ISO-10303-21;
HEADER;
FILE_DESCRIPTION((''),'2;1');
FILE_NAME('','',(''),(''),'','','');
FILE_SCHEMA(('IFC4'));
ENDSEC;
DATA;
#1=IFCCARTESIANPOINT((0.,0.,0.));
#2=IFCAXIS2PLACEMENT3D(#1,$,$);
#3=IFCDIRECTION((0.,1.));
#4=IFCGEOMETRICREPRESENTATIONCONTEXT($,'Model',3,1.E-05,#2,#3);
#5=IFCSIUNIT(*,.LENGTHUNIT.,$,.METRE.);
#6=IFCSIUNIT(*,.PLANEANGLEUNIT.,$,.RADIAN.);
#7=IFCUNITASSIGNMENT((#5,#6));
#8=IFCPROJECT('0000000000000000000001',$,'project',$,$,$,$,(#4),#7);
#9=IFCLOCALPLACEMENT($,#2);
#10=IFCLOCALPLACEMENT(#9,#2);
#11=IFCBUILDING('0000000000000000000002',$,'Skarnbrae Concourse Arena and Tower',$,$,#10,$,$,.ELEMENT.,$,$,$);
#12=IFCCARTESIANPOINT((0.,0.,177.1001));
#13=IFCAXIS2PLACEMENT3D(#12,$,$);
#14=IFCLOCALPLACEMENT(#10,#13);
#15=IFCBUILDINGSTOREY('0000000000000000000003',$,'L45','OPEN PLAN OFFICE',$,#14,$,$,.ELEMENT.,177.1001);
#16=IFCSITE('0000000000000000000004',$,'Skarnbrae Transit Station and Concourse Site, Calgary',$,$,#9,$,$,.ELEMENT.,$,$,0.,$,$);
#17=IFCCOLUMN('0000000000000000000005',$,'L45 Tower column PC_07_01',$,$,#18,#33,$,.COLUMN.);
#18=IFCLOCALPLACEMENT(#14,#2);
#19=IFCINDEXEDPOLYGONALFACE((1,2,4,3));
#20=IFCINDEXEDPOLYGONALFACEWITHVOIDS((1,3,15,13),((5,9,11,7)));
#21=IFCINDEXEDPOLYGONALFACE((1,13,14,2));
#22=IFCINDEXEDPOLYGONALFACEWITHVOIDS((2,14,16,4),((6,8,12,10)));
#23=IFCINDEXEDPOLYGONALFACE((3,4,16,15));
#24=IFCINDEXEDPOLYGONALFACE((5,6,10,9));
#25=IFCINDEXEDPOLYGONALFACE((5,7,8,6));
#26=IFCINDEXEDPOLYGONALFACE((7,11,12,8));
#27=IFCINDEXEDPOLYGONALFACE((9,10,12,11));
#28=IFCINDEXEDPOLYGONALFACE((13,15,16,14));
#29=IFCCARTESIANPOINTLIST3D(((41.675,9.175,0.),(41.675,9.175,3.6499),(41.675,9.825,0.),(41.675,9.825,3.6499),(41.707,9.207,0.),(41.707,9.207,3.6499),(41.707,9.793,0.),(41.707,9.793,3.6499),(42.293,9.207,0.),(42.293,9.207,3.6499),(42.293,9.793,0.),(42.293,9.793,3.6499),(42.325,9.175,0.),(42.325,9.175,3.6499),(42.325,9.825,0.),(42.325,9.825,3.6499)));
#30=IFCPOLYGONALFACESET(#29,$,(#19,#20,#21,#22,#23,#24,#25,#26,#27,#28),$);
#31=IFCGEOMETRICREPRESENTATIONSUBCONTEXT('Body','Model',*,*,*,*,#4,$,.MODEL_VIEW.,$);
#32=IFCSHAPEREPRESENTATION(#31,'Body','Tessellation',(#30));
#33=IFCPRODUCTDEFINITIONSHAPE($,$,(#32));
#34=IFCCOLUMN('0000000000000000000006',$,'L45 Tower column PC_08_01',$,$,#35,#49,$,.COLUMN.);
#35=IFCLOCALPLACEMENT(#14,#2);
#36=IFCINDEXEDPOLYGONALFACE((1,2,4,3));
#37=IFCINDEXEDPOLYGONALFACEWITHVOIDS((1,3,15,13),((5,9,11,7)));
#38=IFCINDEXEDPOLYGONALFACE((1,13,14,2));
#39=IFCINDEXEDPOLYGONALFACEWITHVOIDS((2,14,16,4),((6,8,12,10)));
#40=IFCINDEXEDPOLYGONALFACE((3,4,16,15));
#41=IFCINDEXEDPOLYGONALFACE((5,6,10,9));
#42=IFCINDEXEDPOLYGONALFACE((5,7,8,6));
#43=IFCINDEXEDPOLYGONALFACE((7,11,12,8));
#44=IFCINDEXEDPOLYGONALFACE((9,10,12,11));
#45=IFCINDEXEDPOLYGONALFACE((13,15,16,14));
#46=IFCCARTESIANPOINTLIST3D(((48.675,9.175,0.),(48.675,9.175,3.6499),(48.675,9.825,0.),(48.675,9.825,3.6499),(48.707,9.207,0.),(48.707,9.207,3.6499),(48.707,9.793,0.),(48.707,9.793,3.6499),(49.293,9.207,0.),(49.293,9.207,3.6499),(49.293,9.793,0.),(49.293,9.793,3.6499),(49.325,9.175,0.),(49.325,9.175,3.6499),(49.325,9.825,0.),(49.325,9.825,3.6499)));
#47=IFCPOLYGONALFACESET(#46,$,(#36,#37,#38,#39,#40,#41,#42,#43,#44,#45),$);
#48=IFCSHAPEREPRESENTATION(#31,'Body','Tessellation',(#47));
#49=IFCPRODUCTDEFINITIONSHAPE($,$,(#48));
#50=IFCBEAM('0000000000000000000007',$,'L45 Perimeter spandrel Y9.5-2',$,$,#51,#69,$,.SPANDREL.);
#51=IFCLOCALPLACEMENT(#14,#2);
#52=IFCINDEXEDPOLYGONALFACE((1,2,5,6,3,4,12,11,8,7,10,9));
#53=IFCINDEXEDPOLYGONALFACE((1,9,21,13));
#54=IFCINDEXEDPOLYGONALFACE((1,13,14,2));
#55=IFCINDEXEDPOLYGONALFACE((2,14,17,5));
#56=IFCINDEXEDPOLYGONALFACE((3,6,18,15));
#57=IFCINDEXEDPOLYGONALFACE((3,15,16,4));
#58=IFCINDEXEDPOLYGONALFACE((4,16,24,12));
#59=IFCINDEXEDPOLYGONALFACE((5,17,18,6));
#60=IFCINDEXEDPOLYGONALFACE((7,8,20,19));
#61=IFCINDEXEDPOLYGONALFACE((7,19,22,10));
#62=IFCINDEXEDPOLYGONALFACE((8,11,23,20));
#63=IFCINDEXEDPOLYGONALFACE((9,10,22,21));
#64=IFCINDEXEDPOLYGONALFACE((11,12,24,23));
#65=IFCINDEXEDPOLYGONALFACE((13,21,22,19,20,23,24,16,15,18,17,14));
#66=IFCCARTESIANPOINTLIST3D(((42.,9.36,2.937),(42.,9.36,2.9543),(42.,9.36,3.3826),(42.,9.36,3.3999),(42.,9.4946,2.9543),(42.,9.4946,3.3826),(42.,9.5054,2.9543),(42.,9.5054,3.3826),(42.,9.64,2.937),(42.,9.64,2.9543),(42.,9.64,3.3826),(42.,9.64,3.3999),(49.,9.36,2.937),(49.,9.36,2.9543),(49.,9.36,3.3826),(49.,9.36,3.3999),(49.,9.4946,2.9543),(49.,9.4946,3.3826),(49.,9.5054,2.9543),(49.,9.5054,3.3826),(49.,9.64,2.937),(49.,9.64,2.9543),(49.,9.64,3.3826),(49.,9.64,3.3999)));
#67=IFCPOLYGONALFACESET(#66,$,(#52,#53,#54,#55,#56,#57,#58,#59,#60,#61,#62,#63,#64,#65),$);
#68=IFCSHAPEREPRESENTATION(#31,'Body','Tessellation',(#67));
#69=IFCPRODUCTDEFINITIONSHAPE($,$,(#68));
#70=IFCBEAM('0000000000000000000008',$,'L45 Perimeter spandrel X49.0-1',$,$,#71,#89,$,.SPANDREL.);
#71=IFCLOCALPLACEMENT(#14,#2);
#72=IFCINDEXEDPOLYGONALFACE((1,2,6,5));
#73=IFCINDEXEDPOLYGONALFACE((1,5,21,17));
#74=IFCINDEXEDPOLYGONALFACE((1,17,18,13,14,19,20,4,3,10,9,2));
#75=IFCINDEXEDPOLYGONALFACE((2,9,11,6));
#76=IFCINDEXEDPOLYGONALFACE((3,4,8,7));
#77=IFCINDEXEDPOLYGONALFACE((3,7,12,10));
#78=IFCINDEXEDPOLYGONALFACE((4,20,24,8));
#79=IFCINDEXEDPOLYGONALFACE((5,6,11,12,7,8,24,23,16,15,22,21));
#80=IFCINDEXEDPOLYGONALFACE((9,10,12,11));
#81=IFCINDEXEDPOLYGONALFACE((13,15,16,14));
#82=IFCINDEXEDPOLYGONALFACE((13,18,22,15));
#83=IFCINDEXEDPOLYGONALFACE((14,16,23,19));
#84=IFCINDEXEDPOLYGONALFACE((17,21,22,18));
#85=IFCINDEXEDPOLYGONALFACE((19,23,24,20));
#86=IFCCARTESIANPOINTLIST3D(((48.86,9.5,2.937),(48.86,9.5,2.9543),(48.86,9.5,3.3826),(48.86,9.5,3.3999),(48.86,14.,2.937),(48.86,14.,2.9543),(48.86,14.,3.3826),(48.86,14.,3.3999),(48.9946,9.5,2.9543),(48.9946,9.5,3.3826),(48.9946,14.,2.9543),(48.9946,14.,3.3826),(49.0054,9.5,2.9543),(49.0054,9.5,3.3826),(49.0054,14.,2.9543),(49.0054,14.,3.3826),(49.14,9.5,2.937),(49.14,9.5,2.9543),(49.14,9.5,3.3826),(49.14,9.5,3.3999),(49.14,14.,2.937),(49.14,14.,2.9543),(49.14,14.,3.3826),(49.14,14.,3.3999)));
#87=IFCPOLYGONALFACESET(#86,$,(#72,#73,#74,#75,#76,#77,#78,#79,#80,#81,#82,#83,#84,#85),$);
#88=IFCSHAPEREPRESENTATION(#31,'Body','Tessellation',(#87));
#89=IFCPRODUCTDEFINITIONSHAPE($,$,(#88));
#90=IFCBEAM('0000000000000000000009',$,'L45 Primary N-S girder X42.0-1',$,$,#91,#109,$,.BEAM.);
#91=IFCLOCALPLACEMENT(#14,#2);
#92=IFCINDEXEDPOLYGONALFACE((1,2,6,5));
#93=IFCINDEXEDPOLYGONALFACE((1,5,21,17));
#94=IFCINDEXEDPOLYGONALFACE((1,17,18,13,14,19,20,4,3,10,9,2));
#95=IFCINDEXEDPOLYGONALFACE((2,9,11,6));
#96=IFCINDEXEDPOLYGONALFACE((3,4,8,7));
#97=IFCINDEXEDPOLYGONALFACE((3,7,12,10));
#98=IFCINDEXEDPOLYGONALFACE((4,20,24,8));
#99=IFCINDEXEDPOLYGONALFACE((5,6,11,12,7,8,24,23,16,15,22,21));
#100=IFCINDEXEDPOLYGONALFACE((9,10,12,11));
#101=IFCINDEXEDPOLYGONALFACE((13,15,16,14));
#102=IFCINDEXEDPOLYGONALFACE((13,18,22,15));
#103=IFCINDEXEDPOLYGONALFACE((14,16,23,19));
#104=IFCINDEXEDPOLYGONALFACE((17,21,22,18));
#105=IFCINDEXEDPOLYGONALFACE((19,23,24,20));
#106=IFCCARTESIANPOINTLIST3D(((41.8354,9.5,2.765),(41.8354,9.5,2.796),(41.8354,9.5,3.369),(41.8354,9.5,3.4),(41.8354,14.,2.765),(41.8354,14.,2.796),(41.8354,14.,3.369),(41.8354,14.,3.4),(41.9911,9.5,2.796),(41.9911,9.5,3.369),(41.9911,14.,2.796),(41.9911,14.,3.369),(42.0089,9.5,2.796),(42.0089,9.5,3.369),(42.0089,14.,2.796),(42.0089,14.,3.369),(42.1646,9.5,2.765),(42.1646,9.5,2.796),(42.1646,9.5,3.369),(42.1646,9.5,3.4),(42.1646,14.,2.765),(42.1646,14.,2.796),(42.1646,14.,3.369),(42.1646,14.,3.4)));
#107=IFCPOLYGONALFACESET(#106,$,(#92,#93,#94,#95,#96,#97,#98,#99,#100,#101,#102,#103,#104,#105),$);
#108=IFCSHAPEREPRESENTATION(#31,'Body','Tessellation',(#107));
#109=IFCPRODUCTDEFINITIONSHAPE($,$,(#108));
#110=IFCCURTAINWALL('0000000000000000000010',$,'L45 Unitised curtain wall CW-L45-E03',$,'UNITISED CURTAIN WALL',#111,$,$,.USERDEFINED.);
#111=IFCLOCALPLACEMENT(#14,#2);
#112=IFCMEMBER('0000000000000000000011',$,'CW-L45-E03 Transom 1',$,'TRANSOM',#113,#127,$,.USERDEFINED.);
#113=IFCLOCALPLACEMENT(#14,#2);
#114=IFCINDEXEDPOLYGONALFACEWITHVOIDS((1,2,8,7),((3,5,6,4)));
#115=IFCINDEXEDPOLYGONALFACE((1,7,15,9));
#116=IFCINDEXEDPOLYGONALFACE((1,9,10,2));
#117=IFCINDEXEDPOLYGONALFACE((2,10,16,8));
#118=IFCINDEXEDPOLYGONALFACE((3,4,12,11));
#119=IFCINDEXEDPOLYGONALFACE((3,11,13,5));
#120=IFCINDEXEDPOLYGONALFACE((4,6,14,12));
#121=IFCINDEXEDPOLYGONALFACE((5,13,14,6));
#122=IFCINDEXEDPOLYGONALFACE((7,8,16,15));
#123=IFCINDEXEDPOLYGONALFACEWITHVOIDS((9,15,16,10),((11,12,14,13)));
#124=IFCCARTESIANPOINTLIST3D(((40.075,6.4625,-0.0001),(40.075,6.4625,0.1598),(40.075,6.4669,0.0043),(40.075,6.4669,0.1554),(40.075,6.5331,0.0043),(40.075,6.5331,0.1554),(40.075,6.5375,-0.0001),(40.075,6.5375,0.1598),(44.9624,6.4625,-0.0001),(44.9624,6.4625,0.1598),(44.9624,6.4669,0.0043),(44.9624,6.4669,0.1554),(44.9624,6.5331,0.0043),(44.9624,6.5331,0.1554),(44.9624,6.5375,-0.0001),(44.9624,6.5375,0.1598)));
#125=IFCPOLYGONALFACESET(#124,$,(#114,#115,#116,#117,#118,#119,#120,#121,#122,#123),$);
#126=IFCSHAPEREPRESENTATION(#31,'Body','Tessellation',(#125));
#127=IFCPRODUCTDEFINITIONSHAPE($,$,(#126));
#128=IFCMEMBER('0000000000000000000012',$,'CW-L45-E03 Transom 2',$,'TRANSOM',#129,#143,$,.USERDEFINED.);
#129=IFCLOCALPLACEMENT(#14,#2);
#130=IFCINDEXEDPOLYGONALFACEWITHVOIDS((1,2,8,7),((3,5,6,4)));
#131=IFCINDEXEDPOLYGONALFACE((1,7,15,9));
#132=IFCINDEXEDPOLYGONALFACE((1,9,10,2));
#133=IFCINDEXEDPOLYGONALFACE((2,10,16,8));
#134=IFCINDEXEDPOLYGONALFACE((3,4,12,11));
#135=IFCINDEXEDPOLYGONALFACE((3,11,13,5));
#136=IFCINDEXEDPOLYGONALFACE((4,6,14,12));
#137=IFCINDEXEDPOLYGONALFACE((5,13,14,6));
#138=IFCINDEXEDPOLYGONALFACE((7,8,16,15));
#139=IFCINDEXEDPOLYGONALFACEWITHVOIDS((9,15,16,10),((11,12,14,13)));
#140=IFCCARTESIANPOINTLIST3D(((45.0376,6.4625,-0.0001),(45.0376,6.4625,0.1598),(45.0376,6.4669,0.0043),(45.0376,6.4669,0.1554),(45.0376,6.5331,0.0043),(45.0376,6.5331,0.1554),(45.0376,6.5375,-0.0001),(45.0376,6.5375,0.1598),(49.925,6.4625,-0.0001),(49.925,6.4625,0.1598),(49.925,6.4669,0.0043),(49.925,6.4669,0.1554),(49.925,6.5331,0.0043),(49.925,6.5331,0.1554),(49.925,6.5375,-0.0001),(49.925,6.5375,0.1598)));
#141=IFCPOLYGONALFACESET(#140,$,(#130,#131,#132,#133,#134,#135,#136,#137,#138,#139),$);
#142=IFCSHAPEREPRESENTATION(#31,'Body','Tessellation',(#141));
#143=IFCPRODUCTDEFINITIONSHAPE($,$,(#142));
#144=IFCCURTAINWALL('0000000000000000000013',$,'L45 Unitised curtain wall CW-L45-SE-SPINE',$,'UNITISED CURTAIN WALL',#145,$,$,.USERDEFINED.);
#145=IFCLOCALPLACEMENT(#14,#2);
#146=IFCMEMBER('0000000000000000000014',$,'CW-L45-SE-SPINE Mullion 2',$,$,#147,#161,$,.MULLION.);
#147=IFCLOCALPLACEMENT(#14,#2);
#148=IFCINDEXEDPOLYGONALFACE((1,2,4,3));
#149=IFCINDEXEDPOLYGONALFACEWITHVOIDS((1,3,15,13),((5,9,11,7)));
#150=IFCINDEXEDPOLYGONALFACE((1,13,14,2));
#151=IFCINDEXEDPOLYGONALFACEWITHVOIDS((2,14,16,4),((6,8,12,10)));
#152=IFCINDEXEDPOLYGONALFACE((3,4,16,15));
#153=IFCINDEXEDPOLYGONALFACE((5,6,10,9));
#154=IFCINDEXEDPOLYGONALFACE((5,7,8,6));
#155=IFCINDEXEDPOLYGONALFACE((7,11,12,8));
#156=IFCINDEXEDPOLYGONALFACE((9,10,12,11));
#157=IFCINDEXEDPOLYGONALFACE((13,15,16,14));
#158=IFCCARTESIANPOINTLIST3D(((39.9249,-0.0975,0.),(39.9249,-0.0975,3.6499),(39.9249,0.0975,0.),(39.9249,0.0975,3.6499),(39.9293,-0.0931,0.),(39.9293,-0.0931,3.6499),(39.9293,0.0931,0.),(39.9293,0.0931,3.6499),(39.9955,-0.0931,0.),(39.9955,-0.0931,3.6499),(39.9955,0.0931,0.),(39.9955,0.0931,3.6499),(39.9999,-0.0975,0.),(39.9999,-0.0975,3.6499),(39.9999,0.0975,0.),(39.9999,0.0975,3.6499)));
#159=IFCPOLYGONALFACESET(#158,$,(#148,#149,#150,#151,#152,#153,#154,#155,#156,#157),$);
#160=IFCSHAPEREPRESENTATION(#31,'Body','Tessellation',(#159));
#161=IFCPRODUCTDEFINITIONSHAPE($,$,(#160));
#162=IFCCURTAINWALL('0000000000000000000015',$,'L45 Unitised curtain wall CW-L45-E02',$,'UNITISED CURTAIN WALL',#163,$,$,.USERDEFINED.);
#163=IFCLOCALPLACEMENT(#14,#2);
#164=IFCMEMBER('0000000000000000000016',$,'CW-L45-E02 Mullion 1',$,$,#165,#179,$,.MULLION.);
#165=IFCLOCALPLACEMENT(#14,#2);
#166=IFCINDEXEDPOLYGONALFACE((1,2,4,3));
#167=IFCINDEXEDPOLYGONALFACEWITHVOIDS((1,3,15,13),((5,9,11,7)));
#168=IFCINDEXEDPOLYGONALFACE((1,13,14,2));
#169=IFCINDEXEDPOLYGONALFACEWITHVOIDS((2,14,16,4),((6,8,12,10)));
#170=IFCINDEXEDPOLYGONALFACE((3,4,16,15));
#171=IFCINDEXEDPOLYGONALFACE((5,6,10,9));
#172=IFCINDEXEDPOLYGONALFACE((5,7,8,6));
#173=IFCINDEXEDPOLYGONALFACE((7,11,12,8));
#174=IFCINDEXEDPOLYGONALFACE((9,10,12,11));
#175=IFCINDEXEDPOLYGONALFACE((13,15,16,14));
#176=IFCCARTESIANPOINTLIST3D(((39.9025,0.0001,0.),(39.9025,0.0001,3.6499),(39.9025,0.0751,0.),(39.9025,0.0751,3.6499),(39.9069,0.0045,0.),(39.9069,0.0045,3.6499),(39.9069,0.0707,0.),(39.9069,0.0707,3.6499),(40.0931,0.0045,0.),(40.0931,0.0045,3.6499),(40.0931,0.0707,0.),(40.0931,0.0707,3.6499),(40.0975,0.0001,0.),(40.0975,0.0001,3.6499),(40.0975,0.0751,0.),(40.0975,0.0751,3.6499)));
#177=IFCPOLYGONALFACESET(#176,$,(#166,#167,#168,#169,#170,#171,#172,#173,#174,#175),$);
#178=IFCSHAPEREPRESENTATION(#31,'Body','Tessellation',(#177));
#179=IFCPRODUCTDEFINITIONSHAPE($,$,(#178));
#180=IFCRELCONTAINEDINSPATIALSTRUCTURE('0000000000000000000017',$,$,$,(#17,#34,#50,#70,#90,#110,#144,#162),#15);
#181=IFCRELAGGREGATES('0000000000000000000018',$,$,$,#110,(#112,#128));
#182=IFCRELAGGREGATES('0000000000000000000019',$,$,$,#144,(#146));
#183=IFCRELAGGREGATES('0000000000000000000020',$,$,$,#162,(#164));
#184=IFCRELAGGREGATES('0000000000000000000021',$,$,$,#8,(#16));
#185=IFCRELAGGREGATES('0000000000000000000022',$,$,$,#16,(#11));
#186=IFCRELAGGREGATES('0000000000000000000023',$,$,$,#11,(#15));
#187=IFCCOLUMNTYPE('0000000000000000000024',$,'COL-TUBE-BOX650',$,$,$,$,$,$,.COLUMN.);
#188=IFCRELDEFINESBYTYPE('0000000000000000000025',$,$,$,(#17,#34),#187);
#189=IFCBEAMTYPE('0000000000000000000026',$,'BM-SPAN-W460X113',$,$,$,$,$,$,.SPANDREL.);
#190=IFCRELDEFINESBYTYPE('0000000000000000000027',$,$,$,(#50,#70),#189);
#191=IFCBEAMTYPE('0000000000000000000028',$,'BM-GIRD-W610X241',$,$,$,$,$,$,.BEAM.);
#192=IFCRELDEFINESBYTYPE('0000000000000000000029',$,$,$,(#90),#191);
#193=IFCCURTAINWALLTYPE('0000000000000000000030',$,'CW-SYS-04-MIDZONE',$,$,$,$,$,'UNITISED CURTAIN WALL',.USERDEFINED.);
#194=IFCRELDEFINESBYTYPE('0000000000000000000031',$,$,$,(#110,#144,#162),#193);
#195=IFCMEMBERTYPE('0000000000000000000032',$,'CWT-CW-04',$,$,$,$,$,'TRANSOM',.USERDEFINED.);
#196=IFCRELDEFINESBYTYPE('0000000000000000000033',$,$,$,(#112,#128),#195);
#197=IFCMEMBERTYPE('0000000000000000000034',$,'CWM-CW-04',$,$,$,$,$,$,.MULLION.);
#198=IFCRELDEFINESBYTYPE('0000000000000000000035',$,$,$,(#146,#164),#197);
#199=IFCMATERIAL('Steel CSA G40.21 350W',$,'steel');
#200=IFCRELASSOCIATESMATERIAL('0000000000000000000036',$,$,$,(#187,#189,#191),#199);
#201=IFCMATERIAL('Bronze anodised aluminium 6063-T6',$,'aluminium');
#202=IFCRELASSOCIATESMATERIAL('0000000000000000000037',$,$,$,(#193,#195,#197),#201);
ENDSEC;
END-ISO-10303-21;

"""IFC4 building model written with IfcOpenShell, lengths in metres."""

from ifc_helpers import new_model, si_unit, direction, frame, origin, origin_2d, place, context, subcontext, project, spatial, hollow_rectangle, i_section, extrude, source, transform, mapped, material, material_profile, profile_set, type_object, element, aggregate, save


model = new_model("IFC4")

# Units and contexts
model_context = context("Model", 3, precision=1e-05, world=origin(), true_north=direction((0.0, 1.0)))
body_context = subcontext(model_context, "Body", "Model", "MODEL_VIEW")
ifc_project = project(units=[si_unit("LENGTHUNIT", "METRE"), si_unit("PLANEANGLEUNIT", "RADIAN")], contexts=[model_context])

# Site, building, storey
site_placement = place(None, origin())
site = spatial("IfcSite", under=ifc_project, at=site_placement, Name="Skarnbrae Transit Station and Concourse Site, Calgary", CompositionType="ELEMENT", RefElevation=0.0)
building_placement = place(site_placement, origin())
building = spatial("IfcBuilding", under=site, at=building_placement, Name="Skarnbrae Concourse Arena and Tower", CompositionType="ELEMENT")
storey_placement = place(building_placement, frame((0.0, 0.0, 177.1001)))
storey = spatial("IfcBuildingStorey", under=building, at=storey_placement, Name="L45", Description="OPEN PLAN OFFICE", CompositionType="ELEMENT", Elevation=177.1001)

# Columns
ifc_material_1 = material(Name="Steel CSA G40.21 350W", Category="steel")
ifc_material_profile_1 = material_profile(ifc_material_1, hollow_rectangle(XDim=0.6499, YDim=0.6499, WallThickness=0.032, at=origin_2d()), Name="BOX650X650X32")
ifc_profile_set_1 = profile_set([ifc_material_profile_1], Name="Steel CSA G40.21 350W")
column_type = type_object("IfcColumnType", Name="COL-TUBE-BOX650", PredefinedType="COLUMN", material=ifc_profile_set_1)
shared_shape_1 = source(origin(), body_context, "Body", "SweptSolid", [
    extrude(hollow_rectangle(XDim=0.6499, YDim=0.6499, WallThickness=0.032, at=origin_2d()), origin(), (0.0, 0.0, 1.0), 3.6499),
])
for number, where, z_axis, x_axis, name in (
    (1, (42.0, 9.5, 0.0), (0.0, 0.0, 1.0), (1.0, 0.0, 0.0), "L45 Tower column PC_07_01"),
    (2, (49.0, 9.5, 0.0), (0.0, 0.0, 1.0), (1.0, 0.0, 0.0), "L45 Tower column PC_08_01"),
):
    element("IfcColumn", number, at=place(storey_placement, frame(where, z_axis=z_axis, x_axis=x_axis)), inside=storey, type_object=column_type, Name=name, PredefinedType="COLUMN", context=body_context, shape_type="MappedRepresentation", body=[
        mapped(shared_shape_1, transform((0.0, 0.0, 0.0))),
    ])

# Beams
ifc_material_profile_2 = material_profile(ifc_material_1, i_section(OverallWidth=0.28, OverallDepth=0.4629, WebThickness=0.0107, FlangeThickness=0.0173, at=origin_2d()), Name="W460X113")
ifc_profile_set_2 = profile_set([ifc_material_profile_2], Name="Steel CSA G40.21 350W")
beam_type_1 = type_object("IfcBeamType", Name="BM-SPAN-W460X113", PredefinedType="SPANDREL", material=ifc_profile_set_2)
shared_shape_2 = source(origin(), body_context, "Body", "SweptSolid", [
    extrude(i_section(OverallWidth=0.28, OverallDepth=0.4629, WebThickness=0.0107, FlangeThickness=0.0173, at=origin_2d()), origin(), (0.0, 0.0, 1.0), 7.0),
])
beam_1_placement = place(storey_placement, frame((42.0, 9.5, 3.1685), z_axis=(1.0, 0.0, 0.0), x_axis=(0.0, 1.0, 0.0)))
element("IfcBeam", 3, at=beam_1_placement, inside=storey, type_object=beam_type_1, Name="L45 Perimeter spandrel Y9.5-2", PredefinedType="SPANDREL", context=body_context, shape_type="MappedRepresentation", body=[
    mapped(shared_shape_2, transform((0.0, 0.0, 0.0))),
])
shared_shape_3 = source(origin(), body_context, "Body", "SweptSolid", [
    extrude(i_section(OverallWidth=0.28, OverallDepth=0.4629, WebThickness=0.0107, FlangeThickness=0.0173, at=origin_2d()), origin(), (0.0, 0.0, 1.0), 4.5),
])
beam_2_placement = place(storey_placement, frame((49.0, 9.5, 3.1685), z_axis=(0.0, 1.0, 0.0), x_axis=(-1.0, 0.0, 0.0)))
element("IfcBeam", 4, at=beam_2_placement, inside=storey, type_object=beam_type_1, Name="L45 Perimeter spandrel X49.0-1", PredefinedType="SPANDREL", context=body_context, shape_type="MappedRepresentation", body=[
    mapped(shared_shape_3, transform((0.0, 0.0, 0.0))),
])
ifc_material_profile_3 = material_profile(ifc_material_1, i_section(OverallWidth=0.3291, OverallDepth=0.635, WebThickness=0.0178, FlangeThickness=0.031, at=origin_2d()), Name="W610X241")
ifc_profile_set_3 = profile_set([ifc_material_profile_3], Name="Steel CSA G40.21 350W")
beam_type_2 = type_object("IfcBeamType", Name="BM-GIRD-W610X241", PredefinedType="BEAM", material=ifc_profile_set_3)
shared_shape_4 = source(origin(), body_context, "Body", "SweptSolid", [
    extrude(i_section(OverallWidth=0.3291, OverallDepth=0.635, WebThickness=0.0178, FlangeThickness=0.031, at=origin_2d()), origin(), (0.0, 0.0, 1.0), 4.5),
])
beam_3_placement = place(storey_placement, frame((42.0, 9.5, 3.0825), z_axis=(0.0, 1.0, 0.0), x_axis=(-1.0, 0.0, 0.0)))
element("IfcBeam", 5, at=beam_3_placement, inside=storey, type_object=beam_type_2, Name="L45 Primary N-S girder X42.0-1", PredefinedType="BEAM", context=body_context, shape_type="MappedRepresentation", body=[
    mapped(shared_shape_4, transform((0.0, 0.0, 0.0))),
])

# Curtain wall, members
ifc_material_2 = material(Name="Bronze anodised aluminium 6063-T6", Category="aluminium")
curtain_wall_type = type_object("IfcCurtainWallType", Name="CW-SYS-04-MIDZONE", ElementType="UNITISED CURTAIN WALL", PredefinedType="USERDEFINED", material=ifc_material_2)
curtain_wall_1_placement = place(storey_placement, origin())
curtain_wall_1 = element("IfcCurtainWall", 6, at=curtain_wall_1_placement, inside=storey, type_object=curtain_wall_type, Name="L45 Unitised curtain wall CW-L45-E03", ObjectType="UNITISED CURTAIN WALL", PredefinedType="USERDEFINED")
ifc_material_profile_4 = material_profile(ifc_material_2, hollow_rectangle(XDim=0.075, YDim=0.1599, WallThickness=0.0044, at=origin_2d()), Name="ALU-TRAN-75X160")
ifc_profile_set_4 = profile_set([ifc_material_profile_4], Name="Bronze anodised aluminium 6063-T6")
member_type_1 = type_object("IfcMemberType", Name="CWT-CW-04", ElementType="TRANSOM", PredefinedType="USERDEFINED", material=ifc_profile_set_4)
shared_shape_5 = source(origin(), body_context, "Body", "SweptSolid", [
    extrude(hollow_rectangle(XDim=0.075, YDim=0.1599, WallThickness=0.0044, at=origin_2d()), origin(), (0.0, 0.0, 1.0), 4.8875),
])
member_1_placement = place(storey_placement, frame((40.075, 6.5, 0.0798), z_axis=(1.0, 0.0, 0.0), x_axis=(0.0, 1.0, 0.0)))
member_1 = element("IfcMember", 7, at=member_1_placement, type_object=member_type_1, Name="CW-L45-E03 Transom 1", ObjectType="TRANSOM", PredefinedType="USERDEFINED", context=body_context, shape_type="MappedRepresentation", body=[
    mapped(shared_shape_5, transform((0.0, 0.0, 0.0))),
])
member_2_placement = place(storey_placement, frame((45.0376, 6.5, 0.0798), z_axis=(1.0, 0.0, 0.0), x_axis=(0.0, 1.0, 0.0)))
member_2 = element("IfcMember", 8, at=member_2_placement, type_object=member_type_1, Name="CW-L45-E03 Transom 2", ObjectType="TRANSOM", PredefinedType="USERDEFINED", context=body_context, shape_type="MappedRepresentation", body=[
    mapped(shared_shape_5, transform((0.0, 0.0, 0.0))),
])

# Curtain wall, member
curtain_wall_2_placement = place(storey_placement, origin())
curtain_wall_2 = element("IfcCurtainWall", 9, at=curtain_wall_2_placement, inside=storey, type_object=curtain_wall_type, Name="L45 Unitised curtain wall CW-L45-SE-SPINE", ObjectType="UNITISED CURTAIN WALL", PredefinedType="USERDEFINED")
ifc_material_profile_5 = material_profile(ifc_material_2, hollow_rectangle(XDim=0.075, YDim=0.1951, WallThickness=0.0044, at=origin_2d()), Name="ALU-MULL-75X195")
ifc_profile_set_5 = profile_set([ifc_material_profile_5], Name="Bronze anodised aluminium 6063-T6")
member_type_2 = type_object("IfcMemberType", Name="CWM-CW-04", PredefinedType="MULLION", material=ifc_profile_set_5)
shared_shape_6 = source(origin(), body_context, "Body", "SweptSolid", [
    extrude(hollow_rectangle(XDim=0.075, YDim=0.1951, WallThickness=0.0044, at=origin_2d()), origin(), (0.0, 0.0, 1.0), 3.6499),
])
member_3_placement = place(storey_placement, frame((39.9624, 0.0, 0.0), z_axis=(0.0, 0.0, 1.0), x_axis=(1.0, 0.0, 0.0)))
member_3 = element("IfcMember", 10, at=member_3_placement, type_object=member_type_2, Name="CW-L45-SE-SPINE Mullion 2", PredefinedType="MULLION", context=body_context, shape_type="MappedRepresentation", body=[
    mapped(shared_shape_6, transform((0.0, 0.0, 0.0))),
])

# Curtain wall, member
curtain_wall_3_placement = place(storey_placement, origin())
curtain_wall_3 = element("IfcCurtainWall", 11, at=curtain_wall_3_placement, inside=storey, type_object=curtain_wall_type, Name="L45 Unitised curtain wall CW-L45-E02", ObjectType="UNITISED CURTAIN WALL", PredefinedType="USERDEFINED")
member_4_placement = place(storey_placement, frame((40.0, 0.0376, 0.0), z_axis=(0.0, 0.0, 1.0), x_axis=(0.0, 1.0, 0.0)))
member_4 = element("IfcMember", 12, at=member_4_placement, type_object=member_type_2, Name="CW-L45-E02 Mullion 1", PredefinedType="MULLION", context=body_context, shape_type="MappedRepresentation", body=[
    mapped(shared_shape_6, transform((0.0, 0.0, 0.0))),
])

aggregate(curtain_wall_1, [member_1, member_2])
aggregate(curtain_wall_2, [member_3])
aggregate(curtain_wall_3, [member_4])

save(model, "model.ifc")
